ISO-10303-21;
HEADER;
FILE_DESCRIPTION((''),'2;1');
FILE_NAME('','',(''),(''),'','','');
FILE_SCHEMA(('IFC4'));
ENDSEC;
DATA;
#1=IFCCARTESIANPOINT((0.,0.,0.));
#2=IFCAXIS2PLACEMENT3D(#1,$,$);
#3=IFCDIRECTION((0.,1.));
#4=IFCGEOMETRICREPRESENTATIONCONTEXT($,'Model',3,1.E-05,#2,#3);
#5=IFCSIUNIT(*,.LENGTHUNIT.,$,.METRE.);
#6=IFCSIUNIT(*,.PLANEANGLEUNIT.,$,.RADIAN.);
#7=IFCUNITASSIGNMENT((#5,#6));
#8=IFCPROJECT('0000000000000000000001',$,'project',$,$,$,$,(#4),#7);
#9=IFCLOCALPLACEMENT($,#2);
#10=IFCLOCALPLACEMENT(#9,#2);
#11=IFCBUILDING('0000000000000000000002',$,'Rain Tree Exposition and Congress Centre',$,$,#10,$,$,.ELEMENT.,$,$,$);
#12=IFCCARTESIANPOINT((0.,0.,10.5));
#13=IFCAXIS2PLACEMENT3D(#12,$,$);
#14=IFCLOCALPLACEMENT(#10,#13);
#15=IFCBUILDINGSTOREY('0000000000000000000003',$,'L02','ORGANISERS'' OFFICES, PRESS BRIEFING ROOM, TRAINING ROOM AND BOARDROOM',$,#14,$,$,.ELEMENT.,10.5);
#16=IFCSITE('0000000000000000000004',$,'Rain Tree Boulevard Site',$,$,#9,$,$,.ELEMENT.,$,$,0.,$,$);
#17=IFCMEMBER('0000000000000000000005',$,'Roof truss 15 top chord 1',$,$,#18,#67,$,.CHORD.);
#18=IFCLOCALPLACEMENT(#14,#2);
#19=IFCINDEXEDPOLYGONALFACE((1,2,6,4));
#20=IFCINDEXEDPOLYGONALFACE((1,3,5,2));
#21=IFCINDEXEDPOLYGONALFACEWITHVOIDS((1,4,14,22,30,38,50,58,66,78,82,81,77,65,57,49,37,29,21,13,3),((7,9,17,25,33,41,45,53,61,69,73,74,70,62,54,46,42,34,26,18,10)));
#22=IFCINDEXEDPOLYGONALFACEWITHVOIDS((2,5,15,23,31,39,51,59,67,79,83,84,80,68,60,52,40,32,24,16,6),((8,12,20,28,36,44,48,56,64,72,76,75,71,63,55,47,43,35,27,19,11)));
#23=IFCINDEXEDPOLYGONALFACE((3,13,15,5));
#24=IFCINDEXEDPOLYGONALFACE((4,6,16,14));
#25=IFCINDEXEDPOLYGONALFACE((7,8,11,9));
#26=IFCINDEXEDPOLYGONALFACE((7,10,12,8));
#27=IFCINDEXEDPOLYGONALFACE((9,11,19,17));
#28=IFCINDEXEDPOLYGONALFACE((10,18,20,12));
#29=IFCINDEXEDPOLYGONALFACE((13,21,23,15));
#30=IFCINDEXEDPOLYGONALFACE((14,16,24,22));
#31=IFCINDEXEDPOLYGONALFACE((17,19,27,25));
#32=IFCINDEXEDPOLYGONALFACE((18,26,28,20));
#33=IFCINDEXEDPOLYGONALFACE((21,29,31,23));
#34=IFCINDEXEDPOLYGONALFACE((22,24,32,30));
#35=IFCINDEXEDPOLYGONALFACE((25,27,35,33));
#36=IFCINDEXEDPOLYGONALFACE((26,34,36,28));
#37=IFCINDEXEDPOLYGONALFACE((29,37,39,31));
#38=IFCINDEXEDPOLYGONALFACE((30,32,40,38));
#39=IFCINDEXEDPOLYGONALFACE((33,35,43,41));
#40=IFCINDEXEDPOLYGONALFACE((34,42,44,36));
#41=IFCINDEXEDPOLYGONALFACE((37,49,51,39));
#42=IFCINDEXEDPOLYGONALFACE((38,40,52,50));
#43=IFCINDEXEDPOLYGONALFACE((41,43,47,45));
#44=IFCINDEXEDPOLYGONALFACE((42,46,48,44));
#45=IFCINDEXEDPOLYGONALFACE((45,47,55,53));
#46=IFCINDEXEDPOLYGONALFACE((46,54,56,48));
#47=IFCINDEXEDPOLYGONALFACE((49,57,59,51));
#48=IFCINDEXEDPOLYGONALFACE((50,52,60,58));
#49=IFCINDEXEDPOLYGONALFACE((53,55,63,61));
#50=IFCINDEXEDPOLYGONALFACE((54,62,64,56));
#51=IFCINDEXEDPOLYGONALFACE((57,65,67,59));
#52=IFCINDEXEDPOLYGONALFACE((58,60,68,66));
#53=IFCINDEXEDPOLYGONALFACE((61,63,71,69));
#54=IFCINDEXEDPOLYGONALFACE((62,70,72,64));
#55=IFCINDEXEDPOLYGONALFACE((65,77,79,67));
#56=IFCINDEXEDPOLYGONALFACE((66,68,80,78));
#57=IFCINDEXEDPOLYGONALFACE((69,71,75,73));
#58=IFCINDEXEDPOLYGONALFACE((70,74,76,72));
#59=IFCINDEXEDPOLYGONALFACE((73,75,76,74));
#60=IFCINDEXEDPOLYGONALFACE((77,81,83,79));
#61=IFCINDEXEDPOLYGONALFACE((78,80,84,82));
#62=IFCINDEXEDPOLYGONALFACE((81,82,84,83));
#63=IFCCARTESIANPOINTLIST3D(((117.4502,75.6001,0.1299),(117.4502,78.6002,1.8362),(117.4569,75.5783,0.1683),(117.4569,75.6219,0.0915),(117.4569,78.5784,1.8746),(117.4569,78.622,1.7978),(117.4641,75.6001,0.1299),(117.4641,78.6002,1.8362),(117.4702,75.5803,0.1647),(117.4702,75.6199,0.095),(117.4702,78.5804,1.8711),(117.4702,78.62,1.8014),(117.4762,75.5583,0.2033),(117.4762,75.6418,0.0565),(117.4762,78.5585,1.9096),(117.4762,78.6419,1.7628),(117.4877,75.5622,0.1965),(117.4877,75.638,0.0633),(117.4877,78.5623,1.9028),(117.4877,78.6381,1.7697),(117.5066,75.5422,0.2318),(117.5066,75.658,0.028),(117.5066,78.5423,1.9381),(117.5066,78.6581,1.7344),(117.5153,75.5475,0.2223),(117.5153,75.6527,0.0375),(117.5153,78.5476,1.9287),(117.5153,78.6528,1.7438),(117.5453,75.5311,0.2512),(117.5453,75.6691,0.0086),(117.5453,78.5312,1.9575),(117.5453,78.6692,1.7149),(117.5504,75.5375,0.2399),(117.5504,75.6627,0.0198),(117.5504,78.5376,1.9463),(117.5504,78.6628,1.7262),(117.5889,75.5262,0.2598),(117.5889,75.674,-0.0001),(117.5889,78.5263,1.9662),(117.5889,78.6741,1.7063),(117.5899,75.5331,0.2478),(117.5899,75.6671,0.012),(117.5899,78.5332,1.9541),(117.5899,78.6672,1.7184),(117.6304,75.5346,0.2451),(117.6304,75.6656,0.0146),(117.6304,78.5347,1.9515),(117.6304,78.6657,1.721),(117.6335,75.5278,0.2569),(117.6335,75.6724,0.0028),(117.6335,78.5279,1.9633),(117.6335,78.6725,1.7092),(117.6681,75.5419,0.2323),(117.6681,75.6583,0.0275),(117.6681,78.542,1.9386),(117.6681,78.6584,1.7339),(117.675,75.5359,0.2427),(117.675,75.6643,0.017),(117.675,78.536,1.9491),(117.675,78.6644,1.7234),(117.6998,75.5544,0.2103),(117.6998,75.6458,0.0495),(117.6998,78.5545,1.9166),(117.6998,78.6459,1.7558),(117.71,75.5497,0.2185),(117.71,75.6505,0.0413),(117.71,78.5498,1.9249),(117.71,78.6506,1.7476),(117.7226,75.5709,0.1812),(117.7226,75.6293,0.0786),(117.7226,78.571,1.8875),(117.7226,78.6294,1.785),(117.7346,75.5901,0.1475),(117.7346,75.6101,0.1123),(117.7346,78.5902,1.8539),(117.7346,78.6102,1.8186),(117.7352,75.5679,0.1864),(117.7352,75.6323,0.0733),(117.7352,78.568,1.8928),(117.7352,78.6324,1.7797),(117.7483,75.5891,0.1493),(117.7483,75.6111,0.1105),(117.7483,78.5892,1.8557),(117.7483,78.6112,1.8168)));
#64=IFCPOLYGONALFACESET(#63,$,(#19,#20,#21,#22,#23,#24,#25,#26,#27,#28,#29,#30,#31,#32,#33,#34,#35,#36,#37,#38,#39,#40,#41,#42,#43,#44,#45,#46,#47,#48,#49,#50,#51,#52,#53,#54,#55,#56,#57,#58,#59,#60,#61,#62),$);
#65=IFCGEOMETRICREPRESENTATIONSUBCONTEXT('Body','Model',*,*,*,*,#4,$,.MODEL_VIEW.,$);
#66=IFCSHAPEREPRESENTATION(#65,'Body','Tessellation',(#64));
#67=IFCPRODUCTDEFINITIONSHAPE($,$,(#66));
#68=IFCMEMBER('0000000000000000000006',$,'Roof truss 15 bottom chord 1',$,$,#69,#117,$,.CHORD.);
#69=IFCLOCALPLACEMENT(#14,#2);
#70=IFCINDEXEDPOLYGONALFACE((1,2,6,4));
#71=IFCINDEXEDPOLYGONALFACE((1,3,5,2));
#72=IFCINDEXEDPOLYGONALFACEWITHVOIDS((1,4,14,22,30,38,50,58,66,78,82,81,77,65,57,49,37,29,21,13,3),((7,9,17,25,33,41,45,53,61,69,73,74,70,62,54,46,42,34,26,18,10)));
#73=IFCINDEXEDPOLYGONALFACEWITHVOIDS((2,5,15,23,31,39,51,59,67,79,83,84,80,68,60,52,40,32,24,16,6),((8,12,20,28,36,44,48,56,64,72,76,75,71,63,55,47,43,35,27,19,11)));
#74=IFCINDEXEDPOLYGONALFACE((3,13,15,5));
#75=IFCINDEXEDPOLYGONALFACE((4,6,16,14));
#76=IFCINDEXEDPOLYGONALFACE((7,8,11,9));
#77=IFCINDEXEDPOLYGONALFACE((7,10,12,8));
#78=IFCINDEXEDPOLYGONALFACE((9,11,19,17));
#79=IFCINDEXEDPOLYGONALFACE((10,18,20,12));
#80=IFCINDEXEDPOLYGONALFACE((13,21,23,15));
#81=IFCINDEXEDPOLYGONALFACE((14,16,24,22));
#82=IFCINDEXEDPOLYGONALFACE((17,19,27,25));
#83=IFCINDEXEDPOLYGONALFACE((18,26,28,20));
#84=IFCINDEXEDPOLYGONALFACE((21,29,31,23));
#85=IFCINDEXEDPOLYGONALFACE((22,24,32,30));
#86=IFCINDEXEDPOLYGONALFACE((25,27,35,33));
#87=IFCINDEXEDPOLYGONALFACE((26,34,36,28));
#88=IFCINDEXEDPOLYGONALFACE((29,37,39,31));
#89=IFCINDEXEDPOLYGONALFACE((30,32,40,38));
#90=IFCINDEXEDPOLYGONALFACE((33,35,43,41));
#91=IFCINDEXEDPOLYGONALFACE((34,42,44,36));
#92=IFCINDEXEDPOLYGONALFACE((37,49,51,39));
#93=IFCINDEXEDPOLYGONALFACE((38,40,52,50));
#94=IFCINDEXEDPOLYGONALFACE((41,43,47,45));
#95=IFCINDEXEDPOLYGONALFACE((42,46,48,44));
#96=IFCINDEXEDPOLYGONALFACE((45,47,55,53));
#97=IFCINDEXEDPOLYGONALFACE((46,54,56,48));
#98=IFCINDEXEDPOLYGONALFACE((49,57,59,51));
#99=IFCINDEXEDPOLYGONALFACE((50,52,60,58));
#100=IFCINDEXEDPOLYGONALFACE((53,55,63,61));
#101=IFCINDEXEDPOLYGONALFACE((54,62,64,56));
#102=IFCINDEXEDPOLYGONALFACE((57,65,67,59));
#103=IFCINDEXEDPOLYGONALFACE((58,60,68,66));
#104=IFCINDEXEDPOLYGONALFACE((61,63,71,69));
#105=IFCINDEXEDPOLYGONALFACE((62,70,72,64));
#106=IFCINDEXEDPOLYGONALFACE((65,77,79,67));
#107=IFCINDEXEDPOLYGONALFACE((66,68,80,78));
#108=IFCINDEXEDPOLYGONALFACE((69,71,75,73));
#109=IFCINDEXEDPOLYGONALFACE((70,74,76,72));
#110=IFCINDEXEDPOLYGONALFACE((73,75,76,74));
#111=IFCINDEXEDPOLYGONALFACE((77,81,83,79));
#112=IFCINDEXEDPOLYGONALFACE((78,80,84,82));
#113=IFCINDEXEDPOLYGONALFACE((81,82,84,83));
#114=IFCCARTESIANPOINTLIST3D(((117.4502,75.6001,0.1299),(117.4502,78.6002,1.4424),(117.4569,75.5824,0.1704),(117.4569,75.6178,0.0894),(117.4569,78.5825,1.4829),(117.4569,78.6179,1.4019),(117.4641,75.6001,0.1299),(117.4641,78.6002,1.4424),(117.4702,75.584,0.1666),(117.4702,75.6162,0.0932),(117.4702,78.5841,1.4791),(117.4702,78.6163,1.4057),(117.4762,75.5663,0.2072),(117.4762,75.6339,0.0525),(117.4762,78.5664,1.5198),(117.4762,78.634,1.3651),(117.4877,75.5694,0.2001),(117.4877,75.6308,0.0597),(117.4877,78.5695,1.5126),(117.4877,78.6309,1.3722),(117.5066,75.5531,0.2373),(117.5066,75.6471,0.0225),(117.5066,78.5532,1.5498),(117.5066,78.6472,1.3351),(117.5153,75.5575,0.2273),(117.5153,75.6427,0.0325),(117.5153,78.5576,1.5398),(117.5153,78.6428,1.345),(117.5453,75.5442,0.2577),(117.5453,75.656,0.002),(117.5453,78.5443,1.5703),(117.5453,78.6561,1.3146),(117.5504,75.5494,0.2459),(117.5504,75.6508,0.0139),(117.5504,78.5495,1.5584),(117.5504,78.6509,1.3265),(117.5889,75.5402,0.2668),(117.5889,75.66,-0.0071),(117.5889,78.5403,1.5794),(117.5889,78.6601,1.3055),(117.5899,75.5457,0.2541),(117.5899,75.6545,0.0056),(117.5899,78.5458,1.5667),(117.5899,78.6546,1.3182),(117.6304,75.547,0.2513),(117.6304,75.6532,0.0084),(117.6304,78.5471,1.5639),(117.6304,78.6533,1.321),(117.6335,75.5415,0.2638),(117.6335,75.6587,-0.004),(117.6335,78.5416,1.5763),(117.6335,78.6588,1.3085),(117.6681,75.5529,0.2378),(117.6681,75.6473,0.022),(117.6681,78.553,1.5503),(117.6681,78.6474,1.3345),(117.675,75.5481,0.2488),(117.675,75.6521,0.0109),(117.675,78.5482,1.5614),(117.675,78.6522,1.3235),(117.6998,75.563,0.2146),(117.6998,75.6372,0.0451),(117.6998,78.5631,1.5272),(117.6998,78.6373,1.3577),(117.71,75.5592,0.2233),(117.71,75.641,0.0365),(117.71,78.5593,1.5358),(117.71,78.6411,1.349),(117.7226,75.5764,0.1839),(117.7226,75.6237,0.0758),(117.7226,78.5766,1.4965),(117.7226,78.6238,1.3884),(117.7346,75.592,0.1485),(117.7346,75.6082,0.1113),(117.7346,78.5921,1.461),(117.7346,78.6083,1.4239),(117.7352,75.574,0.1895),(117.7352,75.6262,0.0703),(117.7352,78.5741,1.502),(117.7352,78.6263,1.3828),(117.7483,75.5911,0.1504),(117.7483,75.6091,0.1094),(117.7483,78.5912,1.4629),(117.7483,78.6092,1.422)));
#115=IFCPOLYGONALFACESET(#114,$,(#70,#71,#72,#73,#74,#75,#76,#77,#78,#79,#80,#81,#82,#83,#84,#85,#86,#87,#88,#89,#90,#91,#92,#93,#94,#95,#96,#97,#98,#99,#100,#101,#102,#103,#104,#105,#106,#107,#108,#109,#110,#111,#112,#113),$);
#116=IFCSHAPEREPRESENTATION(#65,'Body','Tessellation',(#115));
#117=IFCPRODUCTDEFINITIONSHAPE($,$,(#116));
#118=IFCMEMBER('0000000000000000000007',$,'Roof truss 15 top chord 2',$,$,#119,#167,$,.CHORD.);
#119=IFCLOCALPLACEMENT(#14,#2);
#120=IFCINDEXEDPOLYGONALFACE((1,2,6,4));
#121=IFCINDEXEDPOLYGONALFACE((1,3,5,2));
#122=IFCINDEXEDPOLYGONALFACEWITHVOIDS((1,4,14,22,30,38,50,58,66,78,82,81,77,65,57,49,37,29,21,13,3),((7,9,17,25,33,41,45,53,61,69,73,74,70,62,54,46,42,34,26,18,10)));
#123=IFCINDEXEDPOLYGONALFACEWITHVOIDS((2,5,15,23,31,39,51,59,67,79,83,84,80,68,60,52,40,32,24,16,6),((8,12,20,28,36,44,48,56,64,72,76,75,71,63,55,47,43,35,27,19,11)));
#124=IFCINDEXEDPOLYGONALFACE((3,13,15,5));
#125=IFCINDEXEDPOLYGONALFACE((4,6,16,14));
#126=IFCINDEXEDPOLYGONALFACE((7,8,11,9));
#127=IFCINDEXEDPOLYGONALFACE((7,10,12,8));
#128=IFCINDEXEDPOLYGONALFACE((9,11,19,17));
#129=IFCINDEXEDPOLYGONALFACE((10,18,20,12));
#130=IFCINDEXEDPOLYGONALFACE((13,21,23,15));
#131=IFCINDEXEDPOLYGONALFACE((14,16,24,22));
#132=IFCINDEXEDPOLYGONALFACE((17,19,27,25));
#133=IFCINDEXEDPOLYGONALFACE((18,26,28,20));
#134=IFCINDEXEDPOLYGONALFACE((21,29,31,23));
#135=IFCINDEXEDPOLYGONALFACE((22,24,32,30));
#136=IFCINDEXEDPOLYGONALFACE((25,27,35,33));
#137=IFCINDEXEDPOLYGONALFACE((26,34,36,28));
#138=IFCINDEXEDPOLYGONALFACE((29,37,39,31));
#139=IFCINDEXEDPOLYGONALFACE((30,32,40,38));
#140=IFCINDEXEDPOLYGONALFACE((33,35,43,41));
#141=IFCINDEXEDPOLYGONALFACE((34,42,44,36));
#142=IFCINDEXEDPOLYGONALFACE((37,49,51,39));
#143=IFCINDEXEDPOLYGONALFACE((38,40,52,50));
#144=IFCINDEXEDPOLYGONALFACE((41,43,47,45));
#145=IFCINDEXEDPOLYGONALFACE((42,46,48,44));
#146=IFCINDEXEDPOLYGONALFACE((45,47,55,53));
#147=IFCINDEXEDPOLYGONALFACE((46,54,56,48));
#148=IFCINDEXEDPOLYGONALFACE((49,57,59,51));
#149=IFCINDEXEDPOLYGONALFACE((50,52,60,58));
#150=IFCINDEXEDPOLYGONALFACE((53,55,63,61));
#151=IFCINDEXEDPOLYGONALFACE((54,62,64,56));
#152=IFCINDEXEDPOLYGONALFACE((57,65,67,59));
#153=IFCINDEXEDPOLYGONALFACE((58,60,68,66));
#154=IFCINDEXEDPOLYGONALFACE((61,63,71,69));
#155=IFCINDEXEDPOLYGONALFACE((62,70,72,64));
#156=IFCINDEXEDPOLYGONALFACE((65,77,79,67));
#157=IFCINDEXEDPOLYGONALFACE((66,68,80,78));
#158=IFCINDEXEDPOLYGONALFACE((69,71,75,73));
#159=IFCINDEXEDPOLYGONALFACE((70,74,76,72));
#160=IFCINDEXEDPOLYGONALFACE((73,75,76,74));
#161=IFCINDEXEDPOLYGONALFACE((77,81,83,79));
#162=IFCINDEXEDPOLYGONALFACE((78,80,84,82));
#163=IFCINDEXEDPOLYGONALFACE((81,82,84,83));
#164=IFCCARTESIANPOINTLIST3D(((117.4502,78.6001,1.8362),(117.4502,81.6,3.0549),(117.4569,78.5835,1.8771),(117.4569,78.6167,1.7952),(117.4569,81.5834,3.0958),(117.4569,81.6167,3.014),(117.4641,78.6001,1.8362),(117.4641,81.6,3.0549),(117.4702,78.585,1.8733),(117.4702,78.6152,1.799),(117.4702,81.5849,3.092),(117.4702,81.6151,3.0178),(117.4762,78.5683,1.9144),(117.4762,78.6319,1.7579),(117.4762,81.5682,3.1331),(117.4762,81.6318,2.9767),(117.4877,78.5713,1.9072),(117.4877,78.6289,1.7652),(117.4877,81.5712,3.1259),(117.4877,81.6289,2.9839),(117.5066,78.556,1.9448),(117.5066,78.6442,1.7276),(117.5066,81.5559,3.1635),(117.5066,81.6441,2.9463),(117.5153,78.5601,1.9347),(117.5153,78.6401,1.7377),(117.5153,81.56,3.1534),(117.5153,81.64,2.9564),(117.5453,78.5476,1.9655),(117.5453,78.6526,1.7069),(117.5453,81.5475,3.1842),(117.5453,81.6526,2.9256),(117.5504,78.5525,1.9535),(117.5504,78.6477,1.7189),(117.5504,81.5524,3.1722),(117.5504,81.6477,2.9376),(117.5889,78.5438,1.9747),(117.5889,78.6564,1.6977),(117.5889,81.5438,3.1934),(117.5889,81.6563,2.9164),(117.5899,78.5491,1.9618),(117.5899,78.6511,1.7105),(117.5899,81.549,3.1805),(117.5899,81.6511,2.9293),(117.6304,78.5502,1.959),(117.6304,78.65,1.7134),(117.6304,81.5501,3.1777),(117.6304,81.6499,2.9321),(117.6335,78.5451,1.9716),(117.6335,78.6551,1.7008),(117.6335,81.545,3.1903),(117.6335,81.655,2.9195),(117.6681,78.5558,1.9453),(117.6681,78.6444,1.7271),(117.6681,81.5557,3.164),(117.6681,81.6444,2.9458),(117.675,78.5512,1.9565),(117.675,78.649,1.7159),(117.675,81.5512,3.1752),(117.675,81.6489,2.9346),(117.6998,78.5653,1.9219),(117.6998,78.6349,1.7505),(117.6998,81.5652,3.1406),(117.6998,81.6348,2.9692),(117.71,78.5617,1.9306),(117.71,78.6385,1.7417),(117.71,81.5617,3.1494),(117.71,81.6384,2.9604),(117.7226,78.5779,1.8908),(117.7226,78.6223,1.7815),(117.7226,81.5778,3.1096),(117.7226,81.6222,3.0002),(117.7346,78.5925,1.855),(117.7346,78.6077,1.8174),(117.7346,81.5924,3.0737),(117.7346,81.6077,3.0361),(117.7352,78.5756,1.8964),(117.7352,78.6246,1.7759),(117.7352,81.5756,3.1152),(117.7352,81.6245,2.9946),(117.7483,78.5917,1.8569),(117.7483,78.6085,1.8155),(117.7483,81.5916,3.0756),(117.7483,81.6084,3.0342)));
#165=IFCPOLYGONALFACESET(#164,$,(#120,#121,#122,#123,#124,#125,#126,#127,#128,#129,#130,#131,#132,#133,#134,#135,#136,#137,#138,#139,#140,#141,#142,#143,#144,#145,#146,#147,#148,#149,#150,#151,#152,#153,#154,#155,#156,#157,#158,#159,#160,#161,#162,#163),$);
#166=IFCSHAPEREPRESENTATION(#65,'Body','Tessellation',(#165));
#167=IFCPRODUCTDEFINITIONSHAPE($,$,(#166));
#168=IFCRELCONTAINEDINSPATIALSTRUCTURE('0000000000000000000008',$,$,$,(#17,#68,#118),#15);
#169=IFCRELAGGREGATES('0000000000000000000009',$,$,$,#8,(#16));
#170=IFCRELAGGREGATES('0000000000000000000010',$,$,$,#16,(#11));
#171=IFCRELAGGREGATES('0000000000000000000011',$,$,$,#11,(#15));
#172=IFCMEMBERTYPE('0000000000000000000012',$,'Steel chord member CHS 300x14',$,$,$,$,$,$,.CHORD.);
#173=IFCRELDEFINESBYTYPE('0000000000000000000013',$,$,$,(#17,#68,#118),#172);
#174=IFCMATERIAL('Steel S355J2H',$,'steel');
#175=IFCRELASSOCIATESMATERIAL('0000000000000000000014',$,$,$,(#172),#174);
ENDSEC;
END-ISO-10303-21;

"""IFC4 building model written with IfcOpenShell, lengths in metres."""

from ifc_helpers import new_model, si_unit, direction, frame, origin, origin_2d, place, context, subcontext, project, spatial, hollow_circle, extrude, material, material_profile, profile_set, type_object, element, save


model = new_model("IFC4")

# Units and contexts
model_context = context("Model", 3, precision=1e-05, world=origin(), true_north=direction((0.0, 1.0)))
body_context = subcontext(model_context, "Body", "Model", "MODEL_VIEW")
ifc_project = project(units=[si_unit("LENGTHUNIT", "METRE"), si_unit("PLANEANGLEUNIT", "RADIAN")], contexts=[model_context])

# Site, building, storey
site_placement = place(None, origin())
site = spatial("IfcSite", under=ifc_project, at=site_placement, Name="Rain Tree Boulevard Site", CompositionType="ELEMENT", RefElevation=0.0)
building_placement = place(site_placement, origin())
building = spatial("IfcBuilding", under=site, at=building_placement, Name="Rain Tree Exposition and Congress Centre", CompositionType="ELEMENT")
storey_placement = place(building_placement, frame((0.0, 0.0, 10.5)))
storey = spatial("IfcBuildingStorey", under=building, at=storey_placement, Name="L02", Description="ORGANISERS' OFFICES, PRESS BRIEFING ROOM, TRAINING ROOM AND BOARDROOM", CompositionType="ELEMENT", Elevation=10.5)

# Members
ifc_material_1 = material(Name="Steel S355J2H", Category="steel")
ifc_material_profile_1 = material_profile(ifc_material_1, hollow_circle(Radius=0.1499, WallThickness=0.0139, at=origin_2d()), Name="CHS 300x14")
ifc_profile_set_1 = profile_set([ifc_material_profile_1], Name="Steel S355J2H")
member_type_1 = type_object("IfcMemberType", Name="Steel chord member CHS 300x14", PredefinedType="CHORD", material=ifc_profile_set_1)
member_1_placement = place(storey_placement, frame((117.6001, 75.6001, 0.1299), z_axis=(0.0, 0.869238, 0.494393), x_axis=(-1.0, 0.0, 0.0)))
element("IfcMember", 1, at=member_1_placement, inside=storey, type_object=member_type_1, Name="Roof truss 15 top chord 1", PredefinedType="CHORD", context=body_context, shape_type="SweptSolid", body=[
    extrude(hollow_circle(Radius=0.1499, WallThickness=0.0139, at=origin_2d()), origin(), (0.0, 0.0, 1.0), 3.4514),
])
member_2_placement = place(storey_placement, frame((117.6001, 75.6001, 0.1299), z_axis=(0.0, 0.916157, 0.400819), x_axis=(-1.0, 0.0, 0.0)))
element("IfcMember", 2, at=member_2_placement, inside=storey, type_object=member_type_1, Name="Roof truss 15 bottom chord 1", PredefinedType="CHORD", context=body_context, shape_type="SweptSolid", body=[
    extrude(hollow_circle(Radius=0.1499, WallThickness=0.0139, at=origin_2d()), origin(), (0.0, 0.0, 1.0), 3.2747),
])
member_3_placement = place(storey_placement, frame((117.6001, 78.6001, 1.8362), z_axis=(0.0, 0.926467, 0.376377), x_axis=(-1.0, 0.0, 0.0)))
element("IfcMember", 3, at=member_3_placement, inside=storey, type_object=member_type_1, Name="Roof truss 15 top chord 2", PredefinedType="CHORD", context=body_context, shape_type="SweptSolid", body=[
    extrude(hollow_circle(Radius=0.1499, WallThickness=0.0139, at=origin_2d()), origin(), (0.0, 0.0, 1.0), 3.238),
])

save(model, "model.ifc")
